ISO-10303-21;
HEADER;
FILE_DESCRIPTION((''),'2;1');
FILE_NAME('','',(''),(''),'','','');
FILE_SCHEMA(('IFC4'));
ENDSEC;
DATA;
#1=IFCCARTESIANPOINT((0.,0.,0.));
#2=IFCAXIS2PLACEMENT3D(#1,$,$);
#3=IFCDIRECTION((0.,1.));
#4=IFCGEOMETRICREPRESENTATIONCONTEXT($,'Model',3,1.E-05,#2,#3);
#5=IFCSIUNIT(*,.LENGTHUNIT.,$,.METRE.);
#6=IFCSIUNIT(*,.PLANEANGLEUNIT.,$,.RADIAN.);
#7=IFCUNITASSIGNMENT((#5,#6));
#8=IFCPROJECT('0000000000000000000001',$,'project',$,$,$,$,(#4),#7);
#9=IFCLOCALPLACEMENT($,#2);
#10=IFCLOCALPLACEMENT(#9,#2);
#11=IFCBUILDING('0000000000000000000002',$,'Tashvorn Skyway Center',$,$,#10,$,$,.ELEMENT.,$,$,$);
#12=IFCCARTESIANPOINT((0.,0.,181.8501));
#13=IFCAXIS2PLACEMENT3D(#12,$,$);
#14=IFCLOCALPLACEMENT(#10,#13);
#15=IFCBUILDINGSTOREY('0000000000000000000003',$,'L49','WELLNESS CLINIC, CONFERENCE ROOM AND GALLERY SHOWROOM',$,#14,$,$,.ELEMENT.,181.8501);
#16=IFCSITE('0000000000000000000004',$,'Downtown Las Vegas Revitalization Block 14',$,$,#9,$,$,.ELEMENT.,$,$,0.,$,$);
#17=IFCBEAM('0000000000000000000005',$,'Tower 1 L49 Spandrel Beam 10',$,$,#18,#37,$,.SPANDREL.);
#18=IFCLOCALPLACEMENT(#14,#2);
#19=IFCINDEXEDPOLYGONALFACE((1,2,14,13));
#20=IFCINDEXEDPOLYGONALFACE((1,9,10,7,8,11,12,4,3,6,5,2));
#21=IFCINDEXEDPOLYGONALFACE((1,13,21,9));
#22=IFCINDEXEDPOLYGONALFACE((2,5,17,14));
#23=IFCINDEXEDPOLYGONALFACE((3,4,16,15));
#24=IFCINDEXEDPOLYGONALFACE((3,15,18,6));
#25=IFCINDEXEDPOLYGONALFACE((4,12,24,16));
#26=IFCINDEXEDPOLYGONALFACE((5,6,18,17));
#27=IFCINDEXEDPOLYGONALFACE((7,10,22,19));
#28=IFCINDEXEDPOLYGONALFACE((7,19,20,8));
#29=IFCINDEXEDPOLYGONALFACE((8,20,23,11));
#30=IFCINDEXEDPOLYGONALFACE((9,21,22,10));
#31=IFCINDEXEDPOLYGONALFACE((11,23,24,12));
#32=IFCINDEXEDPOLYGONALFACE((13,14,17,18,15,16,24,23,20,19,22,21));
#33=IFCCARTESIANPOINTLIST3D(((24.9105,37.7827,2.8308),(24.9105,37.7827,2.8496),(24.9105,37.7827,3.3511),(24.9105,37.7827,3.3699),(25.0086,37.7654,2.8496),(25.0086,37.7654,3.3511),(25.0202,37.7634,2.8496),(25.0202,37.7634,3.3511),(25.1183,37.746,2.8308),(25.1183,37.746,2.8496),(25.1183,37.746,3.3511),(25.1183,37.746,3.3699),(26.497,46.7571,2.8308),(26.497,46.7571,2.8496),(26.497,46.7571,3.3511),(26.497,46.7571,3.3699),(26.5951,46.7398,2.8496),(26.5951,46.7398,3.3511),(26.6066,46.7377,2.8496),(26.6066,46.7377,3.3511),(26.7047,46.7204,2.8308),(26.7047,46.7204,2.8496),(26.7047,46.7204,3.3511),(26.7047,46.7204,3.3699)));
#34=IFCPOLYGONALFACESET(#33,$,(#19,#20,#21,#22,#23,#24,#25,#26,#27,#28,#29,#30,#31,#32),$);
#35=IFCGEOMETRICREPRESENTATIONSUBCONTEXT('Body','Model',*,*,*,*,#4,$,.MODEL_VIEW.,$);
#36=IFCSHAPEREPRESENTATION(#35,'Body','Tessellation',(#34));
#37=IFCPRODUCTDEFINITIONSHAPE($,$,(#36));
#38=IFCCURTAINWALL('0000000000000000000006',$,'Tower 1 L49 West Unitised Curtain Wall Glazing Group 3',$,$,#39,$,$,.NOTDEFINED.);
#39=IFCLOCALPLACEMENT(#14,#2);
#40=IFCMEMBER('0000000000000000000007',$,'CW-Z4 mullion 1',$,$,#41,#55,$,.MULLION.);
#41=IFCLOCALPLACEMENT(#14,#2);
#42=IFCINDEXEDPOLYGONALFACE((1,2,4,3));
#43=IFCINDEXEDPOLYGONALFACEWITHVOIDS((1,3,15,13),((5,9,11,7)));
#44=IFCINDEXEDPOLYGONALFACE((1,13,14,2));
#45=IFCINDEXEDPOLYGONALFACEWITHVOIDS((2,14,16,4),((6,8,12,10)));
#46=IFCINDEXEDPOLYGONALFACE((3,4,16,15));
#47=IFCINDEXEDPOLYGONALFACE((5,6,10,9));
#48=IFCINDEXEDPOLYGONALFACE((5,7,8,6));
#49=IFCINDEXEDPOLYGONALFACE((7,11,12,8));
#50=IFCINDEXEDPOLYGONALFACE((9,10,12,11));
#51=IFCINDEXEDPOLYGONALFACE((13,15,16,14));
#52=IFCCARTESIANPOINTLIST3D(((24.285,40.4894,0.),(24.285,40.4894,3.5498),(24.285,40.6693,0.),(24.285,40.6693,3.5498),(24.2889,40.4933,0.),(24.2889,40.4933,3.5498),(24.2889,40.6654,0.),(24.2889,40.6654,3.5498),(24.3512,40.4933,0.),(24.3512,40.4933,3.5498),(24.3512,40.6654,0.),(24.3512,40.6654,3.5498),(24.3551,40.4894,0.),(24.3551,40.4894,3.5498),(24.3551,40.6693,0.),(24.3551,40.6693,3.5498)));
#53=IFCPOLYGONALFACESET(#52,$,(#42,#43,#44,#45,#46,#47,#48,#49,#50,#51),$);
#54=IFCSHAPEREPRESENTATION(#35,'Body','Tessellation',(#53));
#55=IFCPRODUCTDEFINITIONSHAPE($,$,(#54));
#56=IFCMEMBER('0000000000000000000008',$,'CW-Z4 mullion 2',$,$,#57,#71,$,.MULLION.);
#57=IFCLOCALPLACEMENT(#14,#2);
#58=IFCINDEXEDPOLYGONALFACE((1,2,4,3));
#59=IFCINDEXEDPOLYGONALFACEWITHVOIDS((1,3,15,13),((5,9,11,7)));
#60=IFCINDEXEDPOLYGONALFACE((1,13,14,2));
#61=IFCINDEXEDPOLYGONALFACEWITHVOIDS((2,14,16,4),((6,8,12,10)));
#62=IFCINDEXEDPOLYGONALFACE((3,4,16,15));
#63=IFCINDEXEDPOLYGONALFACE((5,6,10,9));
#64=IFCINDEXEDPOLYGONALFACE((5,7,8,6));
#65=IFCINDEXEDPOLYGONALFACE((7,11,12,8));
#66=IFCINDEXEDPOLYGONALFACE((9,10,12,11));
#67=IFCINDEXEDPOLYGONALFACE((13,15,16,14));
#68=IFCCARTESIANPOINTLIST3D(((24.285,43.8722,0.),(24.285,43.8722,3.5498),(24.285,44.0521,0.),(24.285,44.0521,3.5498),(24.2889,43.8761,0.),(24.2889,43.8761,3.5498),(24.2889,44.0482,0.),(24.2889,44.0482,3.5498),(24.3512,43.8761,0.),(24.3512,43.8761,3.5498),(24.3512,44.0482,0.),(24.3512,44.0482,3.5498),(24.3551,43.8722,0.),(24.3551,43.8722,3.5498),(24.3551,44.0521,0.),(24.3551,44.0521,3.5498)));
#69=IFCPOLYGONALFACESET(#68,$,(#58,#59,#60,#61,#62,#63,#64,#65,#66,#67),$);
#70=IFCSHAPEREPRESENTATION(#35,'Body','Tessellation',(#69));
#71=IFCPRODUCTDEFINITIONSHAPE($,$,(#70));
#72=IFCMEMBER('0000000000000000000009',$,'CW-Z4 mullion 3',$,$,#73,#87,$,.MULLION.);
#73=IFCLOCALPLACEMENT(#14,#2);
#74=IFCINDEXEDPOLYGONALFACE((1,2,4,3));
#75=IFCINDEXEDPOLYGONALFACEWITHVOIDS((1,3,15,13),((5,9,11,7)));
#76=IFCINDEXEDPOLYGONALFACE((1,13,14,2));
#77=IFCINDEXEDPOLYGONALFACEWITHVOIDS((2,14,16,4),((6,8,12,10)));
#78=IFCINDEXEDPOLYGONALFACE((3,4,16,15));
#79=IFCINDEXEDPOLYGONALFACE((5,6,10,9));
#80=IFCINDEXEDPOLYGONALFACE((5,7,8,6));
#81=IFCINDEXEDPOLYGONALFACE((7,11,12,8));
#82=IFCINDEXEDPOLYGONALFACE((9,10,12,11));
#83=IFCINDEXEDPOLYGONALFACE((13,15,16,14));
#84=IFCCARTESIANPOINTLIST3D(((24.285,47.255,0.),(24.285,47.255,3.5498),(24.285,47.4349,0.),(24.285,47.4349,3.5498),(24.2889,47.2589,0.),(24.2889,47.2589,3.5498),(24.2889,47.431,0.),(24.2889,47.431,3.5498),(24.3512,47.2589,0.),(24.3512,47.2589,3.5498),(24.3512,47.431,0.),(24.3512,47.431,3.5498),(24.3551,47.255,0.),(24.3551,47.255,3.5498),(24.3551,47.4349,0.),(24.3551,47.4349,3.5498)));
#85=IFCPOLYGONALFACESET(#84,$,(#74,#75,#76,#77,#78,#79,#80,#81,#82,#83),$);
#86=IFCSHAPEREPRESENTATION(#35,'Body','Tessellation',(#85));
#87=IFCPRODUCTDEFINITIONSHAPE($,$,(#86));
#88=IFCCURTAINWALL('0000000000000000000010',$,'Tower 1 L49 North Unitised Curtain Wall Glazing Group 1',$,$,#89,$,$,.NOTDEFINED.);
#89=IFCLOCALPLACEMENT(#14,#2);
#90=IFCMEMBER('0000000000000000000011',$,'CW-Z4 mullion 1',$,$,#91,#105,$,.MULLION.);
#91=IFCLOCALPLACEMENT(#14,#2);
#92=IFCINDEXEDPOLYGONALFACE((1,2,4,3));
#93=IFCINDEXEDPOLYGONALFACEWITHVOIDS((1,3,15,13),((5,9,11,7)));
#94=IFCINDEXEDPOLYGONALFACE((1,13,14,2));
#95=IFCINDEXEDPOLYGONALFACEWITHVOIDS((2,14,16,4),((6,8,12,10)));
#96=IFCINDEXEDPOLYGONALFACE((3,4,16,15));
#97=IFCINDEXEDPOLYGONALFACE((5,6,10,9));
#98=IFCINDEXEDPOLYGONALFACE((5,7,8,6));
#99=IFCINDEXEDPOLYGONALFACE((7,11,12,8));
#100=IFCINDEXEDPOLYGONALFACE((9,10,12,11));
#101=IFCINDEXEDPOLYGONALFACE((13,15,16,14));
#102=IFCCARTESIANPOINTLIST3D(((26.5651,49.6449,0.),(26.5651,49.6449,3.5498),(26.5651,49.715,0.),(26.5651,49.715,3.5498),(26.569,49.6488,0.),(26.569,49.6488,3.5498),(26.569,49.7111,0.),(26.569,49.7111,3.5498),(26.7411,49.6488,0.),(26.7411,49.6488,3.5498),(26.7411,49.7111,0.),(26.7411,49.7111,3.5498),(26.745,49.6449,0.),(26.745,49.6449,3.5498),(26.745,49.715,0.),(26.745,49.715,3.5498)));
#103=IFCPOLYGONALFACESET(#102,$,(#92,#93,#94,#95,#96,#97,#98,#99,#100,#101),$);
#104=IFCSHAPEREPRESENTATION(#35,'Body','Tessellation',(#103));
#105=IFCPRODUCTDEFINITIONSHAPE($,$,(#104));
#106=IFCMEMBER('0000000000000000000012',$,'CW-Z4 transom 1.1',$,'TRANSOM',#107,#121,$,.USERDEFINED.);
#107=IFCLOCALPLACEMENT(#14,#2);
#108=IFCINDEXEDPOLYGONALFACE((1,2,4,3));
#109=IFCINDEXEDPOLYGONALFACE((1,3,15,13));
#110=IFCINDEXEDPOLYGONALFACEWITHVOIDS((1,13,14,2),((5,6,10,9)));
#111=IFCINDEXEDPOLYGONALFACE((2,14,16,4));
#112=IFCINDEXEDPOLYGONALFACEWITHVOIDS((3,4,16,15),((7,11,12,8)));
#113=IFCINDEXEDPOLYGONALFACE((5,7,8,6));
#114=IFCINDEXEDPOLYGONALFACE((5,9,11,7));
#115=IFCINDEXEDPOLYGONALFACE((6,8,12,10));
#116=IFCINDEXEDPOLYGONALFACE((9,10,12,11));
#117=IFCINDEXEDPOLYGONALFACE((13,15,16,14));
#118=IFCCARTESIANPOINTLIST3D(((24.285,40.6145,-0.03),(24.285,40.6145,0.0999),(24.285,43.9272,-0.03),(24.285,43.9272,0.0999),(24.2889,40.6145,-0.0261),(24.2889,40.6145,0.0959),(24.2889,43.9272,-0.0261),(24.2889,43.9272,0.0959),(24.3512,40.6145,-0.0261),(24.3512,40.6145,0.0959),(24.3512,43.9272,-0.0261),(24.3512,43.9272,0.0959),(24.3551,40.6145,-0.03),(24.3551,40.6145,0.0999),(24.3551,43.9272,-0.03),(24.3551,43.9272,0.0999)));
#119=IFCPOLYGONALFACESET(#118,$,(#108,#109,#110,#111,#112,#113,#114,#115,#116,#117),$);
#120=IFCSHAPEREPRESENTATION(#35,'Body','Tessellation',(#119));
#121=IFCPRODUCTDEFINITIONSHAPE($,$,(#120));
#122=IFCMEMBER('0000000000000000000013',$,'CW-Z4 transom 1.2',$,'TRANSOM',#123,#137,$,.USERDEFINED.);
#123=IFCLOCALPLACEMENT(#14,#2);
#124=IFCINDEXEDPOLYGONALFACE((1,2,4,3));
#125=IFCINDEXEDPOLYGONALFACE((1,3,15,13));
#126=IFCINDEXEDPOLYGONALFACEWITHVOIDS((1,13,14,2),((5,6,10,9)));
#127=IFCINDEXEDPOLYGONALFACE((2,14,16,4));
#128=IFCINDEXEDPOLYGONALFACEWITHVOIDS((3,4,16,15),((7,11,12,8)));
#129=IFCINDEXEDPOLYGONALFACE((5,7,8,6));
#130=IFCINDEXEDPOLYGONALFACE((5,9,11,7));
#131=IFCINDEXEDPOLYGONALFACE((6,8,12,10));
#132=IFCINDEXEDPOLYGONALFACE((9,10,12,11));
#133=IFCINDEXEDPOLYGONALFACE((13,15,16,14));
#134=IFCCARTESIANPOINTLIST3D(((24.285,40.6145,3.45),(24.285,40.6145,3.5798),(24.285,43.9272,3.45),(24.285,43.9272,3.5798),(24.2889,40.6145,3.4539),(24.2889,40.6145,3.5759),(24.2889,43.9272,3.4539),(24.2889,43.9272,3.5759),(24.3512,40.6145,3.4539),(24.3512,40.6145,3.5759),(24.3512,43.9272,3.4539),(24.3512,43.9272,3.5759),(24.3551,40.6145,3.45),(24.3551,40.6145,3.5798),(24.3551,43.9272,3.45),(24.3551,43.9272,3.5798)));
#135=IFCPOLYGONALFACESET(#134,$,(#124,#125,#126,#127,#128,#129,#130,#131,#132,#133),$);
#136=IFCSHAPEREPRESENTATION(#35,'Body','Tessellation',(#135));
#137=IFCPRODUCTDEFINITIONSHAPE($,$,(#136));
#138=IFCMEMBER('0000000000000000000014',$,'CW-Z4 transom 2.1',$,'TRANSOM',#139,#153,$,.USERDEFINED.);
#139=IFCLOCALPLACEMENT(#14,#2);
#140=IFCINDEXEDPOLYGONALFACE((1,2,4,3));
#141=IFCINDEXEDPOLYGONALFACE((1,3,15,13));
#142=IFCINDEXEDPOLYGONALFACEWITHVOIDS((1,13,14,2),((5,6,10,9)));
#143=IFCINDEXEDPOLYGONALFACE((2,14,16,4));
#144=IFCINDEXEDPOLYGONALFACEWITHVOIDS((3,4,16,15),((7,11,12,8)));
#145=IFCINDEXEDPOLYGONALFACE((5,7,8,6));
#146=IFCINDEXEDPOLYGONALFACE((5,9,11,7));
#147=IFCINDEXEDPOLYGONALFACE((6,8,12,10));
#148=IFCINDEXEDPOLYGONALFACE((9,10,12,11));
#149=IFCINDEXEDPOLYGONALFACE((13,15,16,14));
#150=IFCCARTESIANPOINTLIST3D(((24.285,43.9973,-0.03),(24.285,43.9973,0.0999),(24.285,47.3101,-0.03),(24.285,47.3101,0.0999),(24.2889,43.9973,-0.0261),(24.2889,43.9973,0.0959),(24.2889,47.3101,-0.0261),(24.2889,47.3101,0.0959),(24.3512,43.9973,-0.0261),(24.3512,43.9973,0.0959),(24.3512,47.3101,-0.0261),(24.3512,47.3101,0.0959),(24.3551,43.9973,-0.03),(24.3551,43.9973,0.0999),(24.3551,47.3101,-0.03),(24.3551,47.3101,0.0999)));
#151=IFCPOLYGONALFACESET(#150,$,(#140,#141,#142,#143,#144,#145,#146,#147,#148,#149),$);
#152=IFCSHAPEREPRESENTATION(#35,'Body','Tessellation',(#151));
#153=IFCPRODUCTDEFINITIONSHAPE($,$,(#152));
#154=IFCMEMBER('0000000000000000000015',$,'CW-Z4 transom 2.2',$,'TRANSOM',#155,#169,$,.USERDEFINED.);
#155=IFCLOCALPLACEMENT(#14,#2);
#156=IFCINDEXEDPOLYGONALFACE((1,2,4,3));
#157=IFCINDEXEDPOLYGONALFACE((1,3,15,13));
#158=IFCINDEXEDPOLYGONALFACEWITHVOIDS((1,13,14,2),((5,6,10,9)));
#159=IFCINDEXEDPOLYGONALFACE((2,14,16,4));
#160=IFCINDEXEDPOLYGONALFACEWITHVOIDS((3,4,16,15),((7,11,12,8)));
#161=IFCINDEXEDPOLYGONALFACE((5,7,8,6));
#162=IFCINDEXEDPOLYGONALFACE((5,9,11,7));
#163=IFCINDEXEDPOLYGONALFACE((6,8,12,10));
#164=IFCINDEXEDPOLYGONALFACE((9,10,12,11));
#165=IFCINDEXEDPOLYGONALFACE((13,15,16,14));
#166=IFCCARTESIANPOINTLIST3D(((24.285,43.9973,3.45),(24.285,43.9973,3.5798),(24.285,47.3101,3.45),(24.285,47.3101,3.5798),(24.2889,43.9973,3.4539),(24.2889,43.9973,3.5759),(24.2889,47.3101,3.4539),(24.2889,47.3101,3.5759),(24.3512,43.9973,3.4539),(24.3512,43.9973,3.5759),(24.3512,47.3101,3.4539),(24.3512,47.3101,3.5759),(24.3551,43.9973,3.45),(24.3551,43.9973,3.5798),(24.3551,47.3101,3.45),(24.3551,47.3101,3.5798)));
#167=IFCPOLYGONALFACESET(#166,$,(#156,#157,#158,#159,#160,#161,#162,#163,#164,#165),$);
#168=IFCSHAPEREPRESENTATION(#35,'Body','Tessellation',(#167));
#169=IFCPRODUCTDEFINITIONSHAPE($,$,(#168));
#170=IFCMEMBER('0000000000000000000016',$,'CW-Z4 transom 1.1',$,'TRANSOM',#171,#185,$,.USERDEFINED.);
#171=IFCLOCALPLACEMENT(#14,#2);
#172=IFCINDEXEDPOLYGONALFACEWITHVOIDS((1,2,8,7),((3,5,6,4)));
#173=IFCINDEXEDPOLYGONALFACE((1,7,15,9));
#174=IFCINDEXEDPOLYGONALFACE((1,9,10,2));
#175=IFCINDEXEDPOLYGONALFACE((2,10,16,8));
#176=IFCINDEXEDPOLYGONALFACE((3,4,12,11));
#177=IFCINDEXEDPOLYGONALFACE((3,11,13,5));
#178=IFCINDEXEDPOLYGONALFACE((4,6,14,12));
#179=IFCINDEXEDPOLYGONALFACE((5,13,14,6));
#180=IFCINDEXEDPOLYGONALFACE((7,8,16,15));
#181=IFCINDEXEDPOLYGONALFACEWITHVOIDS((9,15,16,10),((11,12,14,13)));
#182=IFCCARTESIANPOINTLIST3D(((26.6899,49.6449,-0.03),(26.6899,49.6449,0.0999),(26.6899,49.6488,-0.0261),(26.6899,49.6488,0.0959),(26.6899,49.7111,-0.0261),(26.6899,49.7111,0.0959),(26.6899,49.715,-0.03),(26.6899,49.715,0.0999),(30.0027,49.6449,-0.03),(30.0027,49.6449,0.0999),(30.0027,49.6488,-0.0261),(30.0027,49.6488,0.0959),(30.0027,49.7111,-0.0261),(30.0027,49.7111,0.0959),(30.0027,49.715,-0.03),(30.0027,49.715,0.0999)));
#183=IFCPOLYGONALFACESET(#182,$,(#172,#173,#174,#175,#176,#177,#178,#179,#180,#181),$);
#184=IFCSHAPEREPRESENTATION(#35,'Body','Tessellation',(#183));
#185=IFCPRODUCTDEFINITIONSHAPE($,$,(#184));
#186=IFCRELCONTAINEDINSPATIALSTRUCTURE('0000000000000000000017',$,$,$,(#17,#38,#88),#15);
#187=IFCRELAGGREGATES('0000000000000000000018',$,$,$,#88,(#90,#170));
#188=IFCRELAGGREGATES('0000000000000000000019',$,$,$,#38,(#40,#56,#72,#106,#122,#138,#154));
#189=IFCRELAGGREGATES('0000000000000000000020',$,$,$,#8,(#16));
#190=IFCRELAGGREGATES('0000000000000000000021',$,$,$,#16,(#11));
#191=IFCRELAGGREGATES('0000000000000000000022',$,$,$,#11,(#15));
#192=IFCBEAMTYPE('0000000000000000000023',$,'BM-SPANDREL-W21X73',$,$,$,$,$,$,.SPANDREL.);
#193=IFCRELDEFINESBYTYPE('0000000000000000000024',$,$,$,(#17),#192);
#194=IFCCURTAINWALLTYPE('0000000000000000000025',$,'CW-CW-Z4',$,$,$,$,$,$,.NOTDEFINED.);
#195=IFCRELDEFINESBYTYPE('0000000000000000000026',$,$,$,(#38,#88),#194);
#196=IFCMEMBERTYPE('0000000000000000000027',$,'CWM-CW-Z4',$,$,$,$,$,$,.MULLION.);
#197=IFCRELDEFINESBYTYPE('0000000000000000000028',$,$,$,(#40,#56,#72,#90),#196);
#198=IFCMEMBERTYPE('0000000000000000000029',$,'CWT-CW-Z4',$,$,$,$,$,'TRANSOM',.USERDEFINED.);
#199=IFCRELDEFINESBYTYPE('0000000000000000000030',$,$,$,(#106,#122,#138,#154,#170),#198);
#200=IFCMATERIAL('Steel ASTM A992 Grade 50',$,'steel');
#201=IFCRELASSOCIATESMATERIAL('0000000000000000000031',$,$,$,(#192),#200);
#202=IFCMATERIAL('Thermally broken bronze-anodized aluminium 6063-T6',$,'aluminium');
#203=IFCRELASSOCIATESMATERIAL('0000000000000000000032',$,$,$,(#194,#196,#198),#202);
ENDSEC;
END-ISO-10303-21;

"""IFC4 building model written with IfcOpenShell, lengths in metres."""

from ifc_helpers import new_model, si_unit, direction, frame, origin, origin_2d, place, context, subcontext, project, spatial, hollow_rectangle, i_section, extrude, material, material_profile, profile_set, type_object, element, aggregate, save


model = new_model("IFC4")

# Units and contexts
model_context = context("Model", 3, precision=1e-05, world=origin(), true_north=direction((0.0, 1.0)))
body_context = subcontext(model_context, "Body", "Model", "MODEL_VIEW")
ifc_project = project(units=[si_unit("LENGTHUNIT", "METRE"), si_unit("PLANEANGLEUNIT", "RADIAN")], contexts=[model_context])

# Site, building, storey
site_placement = place(None, origin())
site = spatial("IfcSite", under=ifc_project, at=site_placement, Name="Downtown Las Vegas Revitalization Block 14", CompositionType="ELEMENT", RefElevation=0.0)
building_placement = place(site_placement, origin())
building = spatial("IfcBuilding", under=site, at=building_placement, Name="Tashvorn Skyway Center", CompositionType="ELEMENT")
storey_placement = place(building_placement, frame((0.0, 0.0, 181.8501)))
storey = spatial("IfcBuildingStorey", under=building, at=storey_placement, Name="L49", Description="WELLNESS CLINIC, CONFERENCE ROOM AND GALLERY SHOWROOM", CompositionType="ELEMENT", Elevation=181.8501)

# Beam
ifc_material_1 = material(Name="Steel ASTM A992 Grade 50", Category="steel")
ifc_material_profile_1 = material_profile(ifc_material_1, i_section(OverallWidth=0.2109, OverallDepth=0.5391, WebThickness=0.0117, FlangeThickness=0.0188, at=origin_2d()), Name="W21X73")
ifc_profile_set_1 = profile_set([ifc_material_profile_1], Name="Steel ASTM A992 Grade 50")
beam_type = type_object("IfcBeamType", Name="BM-SPANDREL-W21X73", PredefinedType="SPANDREL", material=ifc_profile_set_1)
beam_placement = place(storey_placement, frame((26.6008, 46.7388, 3.1003), z_axis=(-0.174074, -0.984733, 0.0), x_axis=(0.984733, -0.174074, 0.0)))
element("IfcBeam", 1, at=beam_placement, inside=storey, type_object=beam_type, Name="Tower 1 L49 Spandrel Beam 10", PredefinedType="SPANDREL", context=body_context, shape_type="SweptSolid", body=[
    extrude(i_section(OverallWidth=0.2109, OverallDepth=0.5391, WebThickness=0.0117, FlangeThickness=0.0188, at=origin_2d()), origin(), (0.0, 0.0, 1.0), 9.1135),
])

# Curtain wall, members
ifc_material_2 = material(Name="Thermally broken bronze-anodized aluminium 6063-T6", Category="aluminium")
curtain_wall_type = type_object("IfcCurtainWallType", Name="CW-CW-Z4", PredefinedType="NOTDEFINED", material=ifc_material_2)
curtain_wall_1_placement = place(storey_placement, origin())
curtain_wall_1 = element("IfcCurtainWall", 2, at=curtain_wall_1_placement, inside=storey, type_object=curtain_wall_type, Name="Tower 1 L49 West Unitised Curtain Wall Glazing Group 3", PredefinedType="NOTDEFINED")
ifc_material_profile_2 = material_profile(ifc_material_2, hollow_rectangle(XDim=0.0701, YDim=0.1799, WallThickness=0.0039, at=origin_2d()), Name="ALU-MULL-70x180")
ifc_profile_set_2 = profile_set([ifc_material_profile_2], Name="Thermally broken bronze-anodized aluminium 6063-T6")
member_type_1 = type_object("IfcMemberType", Name="CWM-CW-Z4", PredefinedType="MULLION", material=ifc_profile_set_2)
member_1_placement = place(storey_placement, frame((24.3201, 40.5793, 0.0), z_axis=(0.0, 0.0, 1.0), x_axis=(-1.0, 0.0, 0.0)))
member_1 = element("IfcMember", 3, at=member_1_placement, type_object=member_type_1, Name="CW-Z4 mullion 1", PredefinedType="MULLION", context=body_context, shape_type="SweptSolid", body=[
    extrude(hollow_rectangle(XDim=0.0701, YDim=0.1799, WallThickness=0.0039, at=origin_2d()), origin(), (0.0, 0.0, 1.0), 3.5498),
])
member_2_placement = place(storey_placement, frame((24.3201, 43.9622, 0.0), z_axis=(0.0, 0.0, 1.0), x_axis=(-1.0, 0.0, 0.0)))
member_2 = element("IfcMember", 4, at=member_2_placement, type_object=member_type_1, Name="CW-Z4 mullion 2", PredefinedType="MULLION", context=body_context, shape_type="SweptSolid", body=[
    extrude(hollow_rectangle(XDim=0.0701, YDim=0.1799, WallThickness=0.0039, at=origin_2d()), origin(), (0.0, 0.0, 1.0), 3.5498),
])
member_3_placement = place(storey_placement, frame((24.3201, 47.345, 0.0), z_axis=(0.0, 0.0, 1.0), x_axis=(-1.0, 0.0, 0.0)))
member_3 = element("IfcMember", 5, at=member_3_placement, type_object=member_type_1, Name="CW-Z4 mullion 3", PredefinedType="MULLION", context=body_context, shape_type="SweptSolid", body=[
    extrude(hollow_rectangle(XDim=0.0701, YDim=0.1799, WallThickness=0.0039, at=origin_2d()), origin(), (0.0, 0.0, 1.0), 3.5498),
])

# Curtain wall, member
curtain_wall_2_placement = place(storey_placement, origin())
curtain_wall_2 = element("IfcCurtainWall", 6, at=curtain_wall_2_placement, inside=storey, type_object=curtain_wall_type, Name="Tower 1 L49 North Unitised Curtain Wall Glazing Group 1", PredefinedType="NOTDEFINED")
member_4_placement = place(storey_placement, frame((26.655, 49.6799, 0.0), z_axis=(0.0, 0.0, 1.0), x_axis=(0.0, 1.0, 0.0)))
member_4 = element("IfcMember", 7, at=member_4_placement, type_object=member_type_1, Name="CW-Z4 mullion 1", PredefinedType="MULLION", context=body_context, shape_type="SweptSolid", body=[
    extrude(hollow_rectangle(XDim=0.0701, YDim=0.1799, WallThickness=0.0039, at=origin_2d()), origin(), (0.0, 0.0, 1.0), 3.5498),
])

# Members
ifc_material_profile_3 = material_profile(ifc_material_2, hollow_rectangle(XDim=0.0701, YDim=0.1299, WallThickness=0.0039, at=origin_2d()), Name="ALU-TRAN-70x130")
ifc_profile_set_3 = profile_set([ifc_material_profile_3], Name="Thermally broken bronze-anodized aluminium 6063-T6")
member_type_2 = type_object("IfcMemberType", Name="CWT-CW-Z4", ElementType="TRANSOM", PredefinedType="USERDEFINED", material=ifc_profile_set_3)
member_5_placement = place(storey_placement, frame((24.3201, 40.6145, 0.0349), z_axis=(0.0, 1.0, 0.0), x_axis=(-1.0, 0.0, 0.0)))
member_5 = element("IfcMember", 8, at=member_5_placement, type_object=member_type_2, Name="CW-Z4 transom 1.1", ObjectType="TRANSOM", PredefinedType="USERDEFINED", context=body_context, shape_type="SweptSolid", body=[
    extrude(hollow_rectangle(XDim=0.0701, YDim=0.1299, WallThickness=0.0039, at=origin_2d()), origin(), (0.0, 0.0, 1.0), 3.3127),
])
member_6_placement = place(storey_placement, frame((24.3201, 40.6145, 3.5149), z_axis=(0.0, 1.0, 0.0), x_axis=(-1.0, 0.0, 0.0)))
member_6 = element("IfcMember", 9, at=member_6_placement, type_object=member_type_2, Name="CW-Z4 transom 1.2", ObjectType="TRANSOM", PredefinedType="USERDEFINED", context=body_context, shape_type="SweptSolid", body=[
    extrude(hollow_rectangle(XDim=0.0701, YDim=0.1299, WallThickness=0.0039, at=origin_2d()), origin(), (0.0, 0.0, 1.0), 3.3127),
])
member_7_placement = place(storey_placement, frame((24.3201, 43.9973, 0.0349), z_axis=(0.0, 1.0, 0.0), x_axis=(-1.0, 0.0, 0.0)))
member_7 = element("IfcMember", 10, at=member_7_placement, type_object=member_type_2, Name="CW-Z4 transom 2.1", ObjectType="TRANSOM", PredefinedType="USERDEFINED", context=body_context, shape_type="SweptSolid", body=[
    extrude(hollow_rectangle(XDim=0.0701, YDim=0.1299, WallThickness=0.0039, at=origin_2d()), origin(), (0.0, 0.0, 1.0), 3.3127),
])
member_8_placement = place(storey_placement, frame((24.3201, 43.9973, 3.5149), z_axis=(0.0, 1.0, 0.0), x_axis=(-1.0, 0.0, 0.0)))
member_8 = element("IfcMember", 11, at=member_8_placement, type_object=member_type_2, Name="CW-Z4 transom 2.2", ObjectType="TRANSOM", PredefinedType="USERDEFINED", context=body_context, shape_type="SweptSolid", body=[
    extrude(hollow_rectangle(XDim=0.0701, YDim=0.1299, WallThickness=0.0039, at=origin_2d()), origin(), (0.0, 0.0, 1.0), 3.3127),
])
member_9_placement = place(storey_placement, frame((26.6899, 49.6799, 0.0349), z_axis=(1.0, 0.0, 0.0), x_axis=(0.0, 1.0, 0.0)))
member_9 = element("IfcMember", 12, at=member_9_placement, type_object=member_type_2, Name="CW-Z4 transom 1.1", ObjectType="TRANSOM", PredefinedType="USERDEFINED", context=body_context, shape_type="SweptSolid", body=[
    extrude(hollow_rectangle(XDim=0.0701, YDim=0.1299, WallThickness=0.0039, at=origin_2d()), origin(), (0.0, 0.0, 1.0), 3.3127),
])
aggregate(curtain_wall_2, [member_4, member_9])

aggregate(curtain_wall_1, [member_1, member_2, member_3, member_5, member_6, member_7, member_8])

save(model, "model.ifc")
